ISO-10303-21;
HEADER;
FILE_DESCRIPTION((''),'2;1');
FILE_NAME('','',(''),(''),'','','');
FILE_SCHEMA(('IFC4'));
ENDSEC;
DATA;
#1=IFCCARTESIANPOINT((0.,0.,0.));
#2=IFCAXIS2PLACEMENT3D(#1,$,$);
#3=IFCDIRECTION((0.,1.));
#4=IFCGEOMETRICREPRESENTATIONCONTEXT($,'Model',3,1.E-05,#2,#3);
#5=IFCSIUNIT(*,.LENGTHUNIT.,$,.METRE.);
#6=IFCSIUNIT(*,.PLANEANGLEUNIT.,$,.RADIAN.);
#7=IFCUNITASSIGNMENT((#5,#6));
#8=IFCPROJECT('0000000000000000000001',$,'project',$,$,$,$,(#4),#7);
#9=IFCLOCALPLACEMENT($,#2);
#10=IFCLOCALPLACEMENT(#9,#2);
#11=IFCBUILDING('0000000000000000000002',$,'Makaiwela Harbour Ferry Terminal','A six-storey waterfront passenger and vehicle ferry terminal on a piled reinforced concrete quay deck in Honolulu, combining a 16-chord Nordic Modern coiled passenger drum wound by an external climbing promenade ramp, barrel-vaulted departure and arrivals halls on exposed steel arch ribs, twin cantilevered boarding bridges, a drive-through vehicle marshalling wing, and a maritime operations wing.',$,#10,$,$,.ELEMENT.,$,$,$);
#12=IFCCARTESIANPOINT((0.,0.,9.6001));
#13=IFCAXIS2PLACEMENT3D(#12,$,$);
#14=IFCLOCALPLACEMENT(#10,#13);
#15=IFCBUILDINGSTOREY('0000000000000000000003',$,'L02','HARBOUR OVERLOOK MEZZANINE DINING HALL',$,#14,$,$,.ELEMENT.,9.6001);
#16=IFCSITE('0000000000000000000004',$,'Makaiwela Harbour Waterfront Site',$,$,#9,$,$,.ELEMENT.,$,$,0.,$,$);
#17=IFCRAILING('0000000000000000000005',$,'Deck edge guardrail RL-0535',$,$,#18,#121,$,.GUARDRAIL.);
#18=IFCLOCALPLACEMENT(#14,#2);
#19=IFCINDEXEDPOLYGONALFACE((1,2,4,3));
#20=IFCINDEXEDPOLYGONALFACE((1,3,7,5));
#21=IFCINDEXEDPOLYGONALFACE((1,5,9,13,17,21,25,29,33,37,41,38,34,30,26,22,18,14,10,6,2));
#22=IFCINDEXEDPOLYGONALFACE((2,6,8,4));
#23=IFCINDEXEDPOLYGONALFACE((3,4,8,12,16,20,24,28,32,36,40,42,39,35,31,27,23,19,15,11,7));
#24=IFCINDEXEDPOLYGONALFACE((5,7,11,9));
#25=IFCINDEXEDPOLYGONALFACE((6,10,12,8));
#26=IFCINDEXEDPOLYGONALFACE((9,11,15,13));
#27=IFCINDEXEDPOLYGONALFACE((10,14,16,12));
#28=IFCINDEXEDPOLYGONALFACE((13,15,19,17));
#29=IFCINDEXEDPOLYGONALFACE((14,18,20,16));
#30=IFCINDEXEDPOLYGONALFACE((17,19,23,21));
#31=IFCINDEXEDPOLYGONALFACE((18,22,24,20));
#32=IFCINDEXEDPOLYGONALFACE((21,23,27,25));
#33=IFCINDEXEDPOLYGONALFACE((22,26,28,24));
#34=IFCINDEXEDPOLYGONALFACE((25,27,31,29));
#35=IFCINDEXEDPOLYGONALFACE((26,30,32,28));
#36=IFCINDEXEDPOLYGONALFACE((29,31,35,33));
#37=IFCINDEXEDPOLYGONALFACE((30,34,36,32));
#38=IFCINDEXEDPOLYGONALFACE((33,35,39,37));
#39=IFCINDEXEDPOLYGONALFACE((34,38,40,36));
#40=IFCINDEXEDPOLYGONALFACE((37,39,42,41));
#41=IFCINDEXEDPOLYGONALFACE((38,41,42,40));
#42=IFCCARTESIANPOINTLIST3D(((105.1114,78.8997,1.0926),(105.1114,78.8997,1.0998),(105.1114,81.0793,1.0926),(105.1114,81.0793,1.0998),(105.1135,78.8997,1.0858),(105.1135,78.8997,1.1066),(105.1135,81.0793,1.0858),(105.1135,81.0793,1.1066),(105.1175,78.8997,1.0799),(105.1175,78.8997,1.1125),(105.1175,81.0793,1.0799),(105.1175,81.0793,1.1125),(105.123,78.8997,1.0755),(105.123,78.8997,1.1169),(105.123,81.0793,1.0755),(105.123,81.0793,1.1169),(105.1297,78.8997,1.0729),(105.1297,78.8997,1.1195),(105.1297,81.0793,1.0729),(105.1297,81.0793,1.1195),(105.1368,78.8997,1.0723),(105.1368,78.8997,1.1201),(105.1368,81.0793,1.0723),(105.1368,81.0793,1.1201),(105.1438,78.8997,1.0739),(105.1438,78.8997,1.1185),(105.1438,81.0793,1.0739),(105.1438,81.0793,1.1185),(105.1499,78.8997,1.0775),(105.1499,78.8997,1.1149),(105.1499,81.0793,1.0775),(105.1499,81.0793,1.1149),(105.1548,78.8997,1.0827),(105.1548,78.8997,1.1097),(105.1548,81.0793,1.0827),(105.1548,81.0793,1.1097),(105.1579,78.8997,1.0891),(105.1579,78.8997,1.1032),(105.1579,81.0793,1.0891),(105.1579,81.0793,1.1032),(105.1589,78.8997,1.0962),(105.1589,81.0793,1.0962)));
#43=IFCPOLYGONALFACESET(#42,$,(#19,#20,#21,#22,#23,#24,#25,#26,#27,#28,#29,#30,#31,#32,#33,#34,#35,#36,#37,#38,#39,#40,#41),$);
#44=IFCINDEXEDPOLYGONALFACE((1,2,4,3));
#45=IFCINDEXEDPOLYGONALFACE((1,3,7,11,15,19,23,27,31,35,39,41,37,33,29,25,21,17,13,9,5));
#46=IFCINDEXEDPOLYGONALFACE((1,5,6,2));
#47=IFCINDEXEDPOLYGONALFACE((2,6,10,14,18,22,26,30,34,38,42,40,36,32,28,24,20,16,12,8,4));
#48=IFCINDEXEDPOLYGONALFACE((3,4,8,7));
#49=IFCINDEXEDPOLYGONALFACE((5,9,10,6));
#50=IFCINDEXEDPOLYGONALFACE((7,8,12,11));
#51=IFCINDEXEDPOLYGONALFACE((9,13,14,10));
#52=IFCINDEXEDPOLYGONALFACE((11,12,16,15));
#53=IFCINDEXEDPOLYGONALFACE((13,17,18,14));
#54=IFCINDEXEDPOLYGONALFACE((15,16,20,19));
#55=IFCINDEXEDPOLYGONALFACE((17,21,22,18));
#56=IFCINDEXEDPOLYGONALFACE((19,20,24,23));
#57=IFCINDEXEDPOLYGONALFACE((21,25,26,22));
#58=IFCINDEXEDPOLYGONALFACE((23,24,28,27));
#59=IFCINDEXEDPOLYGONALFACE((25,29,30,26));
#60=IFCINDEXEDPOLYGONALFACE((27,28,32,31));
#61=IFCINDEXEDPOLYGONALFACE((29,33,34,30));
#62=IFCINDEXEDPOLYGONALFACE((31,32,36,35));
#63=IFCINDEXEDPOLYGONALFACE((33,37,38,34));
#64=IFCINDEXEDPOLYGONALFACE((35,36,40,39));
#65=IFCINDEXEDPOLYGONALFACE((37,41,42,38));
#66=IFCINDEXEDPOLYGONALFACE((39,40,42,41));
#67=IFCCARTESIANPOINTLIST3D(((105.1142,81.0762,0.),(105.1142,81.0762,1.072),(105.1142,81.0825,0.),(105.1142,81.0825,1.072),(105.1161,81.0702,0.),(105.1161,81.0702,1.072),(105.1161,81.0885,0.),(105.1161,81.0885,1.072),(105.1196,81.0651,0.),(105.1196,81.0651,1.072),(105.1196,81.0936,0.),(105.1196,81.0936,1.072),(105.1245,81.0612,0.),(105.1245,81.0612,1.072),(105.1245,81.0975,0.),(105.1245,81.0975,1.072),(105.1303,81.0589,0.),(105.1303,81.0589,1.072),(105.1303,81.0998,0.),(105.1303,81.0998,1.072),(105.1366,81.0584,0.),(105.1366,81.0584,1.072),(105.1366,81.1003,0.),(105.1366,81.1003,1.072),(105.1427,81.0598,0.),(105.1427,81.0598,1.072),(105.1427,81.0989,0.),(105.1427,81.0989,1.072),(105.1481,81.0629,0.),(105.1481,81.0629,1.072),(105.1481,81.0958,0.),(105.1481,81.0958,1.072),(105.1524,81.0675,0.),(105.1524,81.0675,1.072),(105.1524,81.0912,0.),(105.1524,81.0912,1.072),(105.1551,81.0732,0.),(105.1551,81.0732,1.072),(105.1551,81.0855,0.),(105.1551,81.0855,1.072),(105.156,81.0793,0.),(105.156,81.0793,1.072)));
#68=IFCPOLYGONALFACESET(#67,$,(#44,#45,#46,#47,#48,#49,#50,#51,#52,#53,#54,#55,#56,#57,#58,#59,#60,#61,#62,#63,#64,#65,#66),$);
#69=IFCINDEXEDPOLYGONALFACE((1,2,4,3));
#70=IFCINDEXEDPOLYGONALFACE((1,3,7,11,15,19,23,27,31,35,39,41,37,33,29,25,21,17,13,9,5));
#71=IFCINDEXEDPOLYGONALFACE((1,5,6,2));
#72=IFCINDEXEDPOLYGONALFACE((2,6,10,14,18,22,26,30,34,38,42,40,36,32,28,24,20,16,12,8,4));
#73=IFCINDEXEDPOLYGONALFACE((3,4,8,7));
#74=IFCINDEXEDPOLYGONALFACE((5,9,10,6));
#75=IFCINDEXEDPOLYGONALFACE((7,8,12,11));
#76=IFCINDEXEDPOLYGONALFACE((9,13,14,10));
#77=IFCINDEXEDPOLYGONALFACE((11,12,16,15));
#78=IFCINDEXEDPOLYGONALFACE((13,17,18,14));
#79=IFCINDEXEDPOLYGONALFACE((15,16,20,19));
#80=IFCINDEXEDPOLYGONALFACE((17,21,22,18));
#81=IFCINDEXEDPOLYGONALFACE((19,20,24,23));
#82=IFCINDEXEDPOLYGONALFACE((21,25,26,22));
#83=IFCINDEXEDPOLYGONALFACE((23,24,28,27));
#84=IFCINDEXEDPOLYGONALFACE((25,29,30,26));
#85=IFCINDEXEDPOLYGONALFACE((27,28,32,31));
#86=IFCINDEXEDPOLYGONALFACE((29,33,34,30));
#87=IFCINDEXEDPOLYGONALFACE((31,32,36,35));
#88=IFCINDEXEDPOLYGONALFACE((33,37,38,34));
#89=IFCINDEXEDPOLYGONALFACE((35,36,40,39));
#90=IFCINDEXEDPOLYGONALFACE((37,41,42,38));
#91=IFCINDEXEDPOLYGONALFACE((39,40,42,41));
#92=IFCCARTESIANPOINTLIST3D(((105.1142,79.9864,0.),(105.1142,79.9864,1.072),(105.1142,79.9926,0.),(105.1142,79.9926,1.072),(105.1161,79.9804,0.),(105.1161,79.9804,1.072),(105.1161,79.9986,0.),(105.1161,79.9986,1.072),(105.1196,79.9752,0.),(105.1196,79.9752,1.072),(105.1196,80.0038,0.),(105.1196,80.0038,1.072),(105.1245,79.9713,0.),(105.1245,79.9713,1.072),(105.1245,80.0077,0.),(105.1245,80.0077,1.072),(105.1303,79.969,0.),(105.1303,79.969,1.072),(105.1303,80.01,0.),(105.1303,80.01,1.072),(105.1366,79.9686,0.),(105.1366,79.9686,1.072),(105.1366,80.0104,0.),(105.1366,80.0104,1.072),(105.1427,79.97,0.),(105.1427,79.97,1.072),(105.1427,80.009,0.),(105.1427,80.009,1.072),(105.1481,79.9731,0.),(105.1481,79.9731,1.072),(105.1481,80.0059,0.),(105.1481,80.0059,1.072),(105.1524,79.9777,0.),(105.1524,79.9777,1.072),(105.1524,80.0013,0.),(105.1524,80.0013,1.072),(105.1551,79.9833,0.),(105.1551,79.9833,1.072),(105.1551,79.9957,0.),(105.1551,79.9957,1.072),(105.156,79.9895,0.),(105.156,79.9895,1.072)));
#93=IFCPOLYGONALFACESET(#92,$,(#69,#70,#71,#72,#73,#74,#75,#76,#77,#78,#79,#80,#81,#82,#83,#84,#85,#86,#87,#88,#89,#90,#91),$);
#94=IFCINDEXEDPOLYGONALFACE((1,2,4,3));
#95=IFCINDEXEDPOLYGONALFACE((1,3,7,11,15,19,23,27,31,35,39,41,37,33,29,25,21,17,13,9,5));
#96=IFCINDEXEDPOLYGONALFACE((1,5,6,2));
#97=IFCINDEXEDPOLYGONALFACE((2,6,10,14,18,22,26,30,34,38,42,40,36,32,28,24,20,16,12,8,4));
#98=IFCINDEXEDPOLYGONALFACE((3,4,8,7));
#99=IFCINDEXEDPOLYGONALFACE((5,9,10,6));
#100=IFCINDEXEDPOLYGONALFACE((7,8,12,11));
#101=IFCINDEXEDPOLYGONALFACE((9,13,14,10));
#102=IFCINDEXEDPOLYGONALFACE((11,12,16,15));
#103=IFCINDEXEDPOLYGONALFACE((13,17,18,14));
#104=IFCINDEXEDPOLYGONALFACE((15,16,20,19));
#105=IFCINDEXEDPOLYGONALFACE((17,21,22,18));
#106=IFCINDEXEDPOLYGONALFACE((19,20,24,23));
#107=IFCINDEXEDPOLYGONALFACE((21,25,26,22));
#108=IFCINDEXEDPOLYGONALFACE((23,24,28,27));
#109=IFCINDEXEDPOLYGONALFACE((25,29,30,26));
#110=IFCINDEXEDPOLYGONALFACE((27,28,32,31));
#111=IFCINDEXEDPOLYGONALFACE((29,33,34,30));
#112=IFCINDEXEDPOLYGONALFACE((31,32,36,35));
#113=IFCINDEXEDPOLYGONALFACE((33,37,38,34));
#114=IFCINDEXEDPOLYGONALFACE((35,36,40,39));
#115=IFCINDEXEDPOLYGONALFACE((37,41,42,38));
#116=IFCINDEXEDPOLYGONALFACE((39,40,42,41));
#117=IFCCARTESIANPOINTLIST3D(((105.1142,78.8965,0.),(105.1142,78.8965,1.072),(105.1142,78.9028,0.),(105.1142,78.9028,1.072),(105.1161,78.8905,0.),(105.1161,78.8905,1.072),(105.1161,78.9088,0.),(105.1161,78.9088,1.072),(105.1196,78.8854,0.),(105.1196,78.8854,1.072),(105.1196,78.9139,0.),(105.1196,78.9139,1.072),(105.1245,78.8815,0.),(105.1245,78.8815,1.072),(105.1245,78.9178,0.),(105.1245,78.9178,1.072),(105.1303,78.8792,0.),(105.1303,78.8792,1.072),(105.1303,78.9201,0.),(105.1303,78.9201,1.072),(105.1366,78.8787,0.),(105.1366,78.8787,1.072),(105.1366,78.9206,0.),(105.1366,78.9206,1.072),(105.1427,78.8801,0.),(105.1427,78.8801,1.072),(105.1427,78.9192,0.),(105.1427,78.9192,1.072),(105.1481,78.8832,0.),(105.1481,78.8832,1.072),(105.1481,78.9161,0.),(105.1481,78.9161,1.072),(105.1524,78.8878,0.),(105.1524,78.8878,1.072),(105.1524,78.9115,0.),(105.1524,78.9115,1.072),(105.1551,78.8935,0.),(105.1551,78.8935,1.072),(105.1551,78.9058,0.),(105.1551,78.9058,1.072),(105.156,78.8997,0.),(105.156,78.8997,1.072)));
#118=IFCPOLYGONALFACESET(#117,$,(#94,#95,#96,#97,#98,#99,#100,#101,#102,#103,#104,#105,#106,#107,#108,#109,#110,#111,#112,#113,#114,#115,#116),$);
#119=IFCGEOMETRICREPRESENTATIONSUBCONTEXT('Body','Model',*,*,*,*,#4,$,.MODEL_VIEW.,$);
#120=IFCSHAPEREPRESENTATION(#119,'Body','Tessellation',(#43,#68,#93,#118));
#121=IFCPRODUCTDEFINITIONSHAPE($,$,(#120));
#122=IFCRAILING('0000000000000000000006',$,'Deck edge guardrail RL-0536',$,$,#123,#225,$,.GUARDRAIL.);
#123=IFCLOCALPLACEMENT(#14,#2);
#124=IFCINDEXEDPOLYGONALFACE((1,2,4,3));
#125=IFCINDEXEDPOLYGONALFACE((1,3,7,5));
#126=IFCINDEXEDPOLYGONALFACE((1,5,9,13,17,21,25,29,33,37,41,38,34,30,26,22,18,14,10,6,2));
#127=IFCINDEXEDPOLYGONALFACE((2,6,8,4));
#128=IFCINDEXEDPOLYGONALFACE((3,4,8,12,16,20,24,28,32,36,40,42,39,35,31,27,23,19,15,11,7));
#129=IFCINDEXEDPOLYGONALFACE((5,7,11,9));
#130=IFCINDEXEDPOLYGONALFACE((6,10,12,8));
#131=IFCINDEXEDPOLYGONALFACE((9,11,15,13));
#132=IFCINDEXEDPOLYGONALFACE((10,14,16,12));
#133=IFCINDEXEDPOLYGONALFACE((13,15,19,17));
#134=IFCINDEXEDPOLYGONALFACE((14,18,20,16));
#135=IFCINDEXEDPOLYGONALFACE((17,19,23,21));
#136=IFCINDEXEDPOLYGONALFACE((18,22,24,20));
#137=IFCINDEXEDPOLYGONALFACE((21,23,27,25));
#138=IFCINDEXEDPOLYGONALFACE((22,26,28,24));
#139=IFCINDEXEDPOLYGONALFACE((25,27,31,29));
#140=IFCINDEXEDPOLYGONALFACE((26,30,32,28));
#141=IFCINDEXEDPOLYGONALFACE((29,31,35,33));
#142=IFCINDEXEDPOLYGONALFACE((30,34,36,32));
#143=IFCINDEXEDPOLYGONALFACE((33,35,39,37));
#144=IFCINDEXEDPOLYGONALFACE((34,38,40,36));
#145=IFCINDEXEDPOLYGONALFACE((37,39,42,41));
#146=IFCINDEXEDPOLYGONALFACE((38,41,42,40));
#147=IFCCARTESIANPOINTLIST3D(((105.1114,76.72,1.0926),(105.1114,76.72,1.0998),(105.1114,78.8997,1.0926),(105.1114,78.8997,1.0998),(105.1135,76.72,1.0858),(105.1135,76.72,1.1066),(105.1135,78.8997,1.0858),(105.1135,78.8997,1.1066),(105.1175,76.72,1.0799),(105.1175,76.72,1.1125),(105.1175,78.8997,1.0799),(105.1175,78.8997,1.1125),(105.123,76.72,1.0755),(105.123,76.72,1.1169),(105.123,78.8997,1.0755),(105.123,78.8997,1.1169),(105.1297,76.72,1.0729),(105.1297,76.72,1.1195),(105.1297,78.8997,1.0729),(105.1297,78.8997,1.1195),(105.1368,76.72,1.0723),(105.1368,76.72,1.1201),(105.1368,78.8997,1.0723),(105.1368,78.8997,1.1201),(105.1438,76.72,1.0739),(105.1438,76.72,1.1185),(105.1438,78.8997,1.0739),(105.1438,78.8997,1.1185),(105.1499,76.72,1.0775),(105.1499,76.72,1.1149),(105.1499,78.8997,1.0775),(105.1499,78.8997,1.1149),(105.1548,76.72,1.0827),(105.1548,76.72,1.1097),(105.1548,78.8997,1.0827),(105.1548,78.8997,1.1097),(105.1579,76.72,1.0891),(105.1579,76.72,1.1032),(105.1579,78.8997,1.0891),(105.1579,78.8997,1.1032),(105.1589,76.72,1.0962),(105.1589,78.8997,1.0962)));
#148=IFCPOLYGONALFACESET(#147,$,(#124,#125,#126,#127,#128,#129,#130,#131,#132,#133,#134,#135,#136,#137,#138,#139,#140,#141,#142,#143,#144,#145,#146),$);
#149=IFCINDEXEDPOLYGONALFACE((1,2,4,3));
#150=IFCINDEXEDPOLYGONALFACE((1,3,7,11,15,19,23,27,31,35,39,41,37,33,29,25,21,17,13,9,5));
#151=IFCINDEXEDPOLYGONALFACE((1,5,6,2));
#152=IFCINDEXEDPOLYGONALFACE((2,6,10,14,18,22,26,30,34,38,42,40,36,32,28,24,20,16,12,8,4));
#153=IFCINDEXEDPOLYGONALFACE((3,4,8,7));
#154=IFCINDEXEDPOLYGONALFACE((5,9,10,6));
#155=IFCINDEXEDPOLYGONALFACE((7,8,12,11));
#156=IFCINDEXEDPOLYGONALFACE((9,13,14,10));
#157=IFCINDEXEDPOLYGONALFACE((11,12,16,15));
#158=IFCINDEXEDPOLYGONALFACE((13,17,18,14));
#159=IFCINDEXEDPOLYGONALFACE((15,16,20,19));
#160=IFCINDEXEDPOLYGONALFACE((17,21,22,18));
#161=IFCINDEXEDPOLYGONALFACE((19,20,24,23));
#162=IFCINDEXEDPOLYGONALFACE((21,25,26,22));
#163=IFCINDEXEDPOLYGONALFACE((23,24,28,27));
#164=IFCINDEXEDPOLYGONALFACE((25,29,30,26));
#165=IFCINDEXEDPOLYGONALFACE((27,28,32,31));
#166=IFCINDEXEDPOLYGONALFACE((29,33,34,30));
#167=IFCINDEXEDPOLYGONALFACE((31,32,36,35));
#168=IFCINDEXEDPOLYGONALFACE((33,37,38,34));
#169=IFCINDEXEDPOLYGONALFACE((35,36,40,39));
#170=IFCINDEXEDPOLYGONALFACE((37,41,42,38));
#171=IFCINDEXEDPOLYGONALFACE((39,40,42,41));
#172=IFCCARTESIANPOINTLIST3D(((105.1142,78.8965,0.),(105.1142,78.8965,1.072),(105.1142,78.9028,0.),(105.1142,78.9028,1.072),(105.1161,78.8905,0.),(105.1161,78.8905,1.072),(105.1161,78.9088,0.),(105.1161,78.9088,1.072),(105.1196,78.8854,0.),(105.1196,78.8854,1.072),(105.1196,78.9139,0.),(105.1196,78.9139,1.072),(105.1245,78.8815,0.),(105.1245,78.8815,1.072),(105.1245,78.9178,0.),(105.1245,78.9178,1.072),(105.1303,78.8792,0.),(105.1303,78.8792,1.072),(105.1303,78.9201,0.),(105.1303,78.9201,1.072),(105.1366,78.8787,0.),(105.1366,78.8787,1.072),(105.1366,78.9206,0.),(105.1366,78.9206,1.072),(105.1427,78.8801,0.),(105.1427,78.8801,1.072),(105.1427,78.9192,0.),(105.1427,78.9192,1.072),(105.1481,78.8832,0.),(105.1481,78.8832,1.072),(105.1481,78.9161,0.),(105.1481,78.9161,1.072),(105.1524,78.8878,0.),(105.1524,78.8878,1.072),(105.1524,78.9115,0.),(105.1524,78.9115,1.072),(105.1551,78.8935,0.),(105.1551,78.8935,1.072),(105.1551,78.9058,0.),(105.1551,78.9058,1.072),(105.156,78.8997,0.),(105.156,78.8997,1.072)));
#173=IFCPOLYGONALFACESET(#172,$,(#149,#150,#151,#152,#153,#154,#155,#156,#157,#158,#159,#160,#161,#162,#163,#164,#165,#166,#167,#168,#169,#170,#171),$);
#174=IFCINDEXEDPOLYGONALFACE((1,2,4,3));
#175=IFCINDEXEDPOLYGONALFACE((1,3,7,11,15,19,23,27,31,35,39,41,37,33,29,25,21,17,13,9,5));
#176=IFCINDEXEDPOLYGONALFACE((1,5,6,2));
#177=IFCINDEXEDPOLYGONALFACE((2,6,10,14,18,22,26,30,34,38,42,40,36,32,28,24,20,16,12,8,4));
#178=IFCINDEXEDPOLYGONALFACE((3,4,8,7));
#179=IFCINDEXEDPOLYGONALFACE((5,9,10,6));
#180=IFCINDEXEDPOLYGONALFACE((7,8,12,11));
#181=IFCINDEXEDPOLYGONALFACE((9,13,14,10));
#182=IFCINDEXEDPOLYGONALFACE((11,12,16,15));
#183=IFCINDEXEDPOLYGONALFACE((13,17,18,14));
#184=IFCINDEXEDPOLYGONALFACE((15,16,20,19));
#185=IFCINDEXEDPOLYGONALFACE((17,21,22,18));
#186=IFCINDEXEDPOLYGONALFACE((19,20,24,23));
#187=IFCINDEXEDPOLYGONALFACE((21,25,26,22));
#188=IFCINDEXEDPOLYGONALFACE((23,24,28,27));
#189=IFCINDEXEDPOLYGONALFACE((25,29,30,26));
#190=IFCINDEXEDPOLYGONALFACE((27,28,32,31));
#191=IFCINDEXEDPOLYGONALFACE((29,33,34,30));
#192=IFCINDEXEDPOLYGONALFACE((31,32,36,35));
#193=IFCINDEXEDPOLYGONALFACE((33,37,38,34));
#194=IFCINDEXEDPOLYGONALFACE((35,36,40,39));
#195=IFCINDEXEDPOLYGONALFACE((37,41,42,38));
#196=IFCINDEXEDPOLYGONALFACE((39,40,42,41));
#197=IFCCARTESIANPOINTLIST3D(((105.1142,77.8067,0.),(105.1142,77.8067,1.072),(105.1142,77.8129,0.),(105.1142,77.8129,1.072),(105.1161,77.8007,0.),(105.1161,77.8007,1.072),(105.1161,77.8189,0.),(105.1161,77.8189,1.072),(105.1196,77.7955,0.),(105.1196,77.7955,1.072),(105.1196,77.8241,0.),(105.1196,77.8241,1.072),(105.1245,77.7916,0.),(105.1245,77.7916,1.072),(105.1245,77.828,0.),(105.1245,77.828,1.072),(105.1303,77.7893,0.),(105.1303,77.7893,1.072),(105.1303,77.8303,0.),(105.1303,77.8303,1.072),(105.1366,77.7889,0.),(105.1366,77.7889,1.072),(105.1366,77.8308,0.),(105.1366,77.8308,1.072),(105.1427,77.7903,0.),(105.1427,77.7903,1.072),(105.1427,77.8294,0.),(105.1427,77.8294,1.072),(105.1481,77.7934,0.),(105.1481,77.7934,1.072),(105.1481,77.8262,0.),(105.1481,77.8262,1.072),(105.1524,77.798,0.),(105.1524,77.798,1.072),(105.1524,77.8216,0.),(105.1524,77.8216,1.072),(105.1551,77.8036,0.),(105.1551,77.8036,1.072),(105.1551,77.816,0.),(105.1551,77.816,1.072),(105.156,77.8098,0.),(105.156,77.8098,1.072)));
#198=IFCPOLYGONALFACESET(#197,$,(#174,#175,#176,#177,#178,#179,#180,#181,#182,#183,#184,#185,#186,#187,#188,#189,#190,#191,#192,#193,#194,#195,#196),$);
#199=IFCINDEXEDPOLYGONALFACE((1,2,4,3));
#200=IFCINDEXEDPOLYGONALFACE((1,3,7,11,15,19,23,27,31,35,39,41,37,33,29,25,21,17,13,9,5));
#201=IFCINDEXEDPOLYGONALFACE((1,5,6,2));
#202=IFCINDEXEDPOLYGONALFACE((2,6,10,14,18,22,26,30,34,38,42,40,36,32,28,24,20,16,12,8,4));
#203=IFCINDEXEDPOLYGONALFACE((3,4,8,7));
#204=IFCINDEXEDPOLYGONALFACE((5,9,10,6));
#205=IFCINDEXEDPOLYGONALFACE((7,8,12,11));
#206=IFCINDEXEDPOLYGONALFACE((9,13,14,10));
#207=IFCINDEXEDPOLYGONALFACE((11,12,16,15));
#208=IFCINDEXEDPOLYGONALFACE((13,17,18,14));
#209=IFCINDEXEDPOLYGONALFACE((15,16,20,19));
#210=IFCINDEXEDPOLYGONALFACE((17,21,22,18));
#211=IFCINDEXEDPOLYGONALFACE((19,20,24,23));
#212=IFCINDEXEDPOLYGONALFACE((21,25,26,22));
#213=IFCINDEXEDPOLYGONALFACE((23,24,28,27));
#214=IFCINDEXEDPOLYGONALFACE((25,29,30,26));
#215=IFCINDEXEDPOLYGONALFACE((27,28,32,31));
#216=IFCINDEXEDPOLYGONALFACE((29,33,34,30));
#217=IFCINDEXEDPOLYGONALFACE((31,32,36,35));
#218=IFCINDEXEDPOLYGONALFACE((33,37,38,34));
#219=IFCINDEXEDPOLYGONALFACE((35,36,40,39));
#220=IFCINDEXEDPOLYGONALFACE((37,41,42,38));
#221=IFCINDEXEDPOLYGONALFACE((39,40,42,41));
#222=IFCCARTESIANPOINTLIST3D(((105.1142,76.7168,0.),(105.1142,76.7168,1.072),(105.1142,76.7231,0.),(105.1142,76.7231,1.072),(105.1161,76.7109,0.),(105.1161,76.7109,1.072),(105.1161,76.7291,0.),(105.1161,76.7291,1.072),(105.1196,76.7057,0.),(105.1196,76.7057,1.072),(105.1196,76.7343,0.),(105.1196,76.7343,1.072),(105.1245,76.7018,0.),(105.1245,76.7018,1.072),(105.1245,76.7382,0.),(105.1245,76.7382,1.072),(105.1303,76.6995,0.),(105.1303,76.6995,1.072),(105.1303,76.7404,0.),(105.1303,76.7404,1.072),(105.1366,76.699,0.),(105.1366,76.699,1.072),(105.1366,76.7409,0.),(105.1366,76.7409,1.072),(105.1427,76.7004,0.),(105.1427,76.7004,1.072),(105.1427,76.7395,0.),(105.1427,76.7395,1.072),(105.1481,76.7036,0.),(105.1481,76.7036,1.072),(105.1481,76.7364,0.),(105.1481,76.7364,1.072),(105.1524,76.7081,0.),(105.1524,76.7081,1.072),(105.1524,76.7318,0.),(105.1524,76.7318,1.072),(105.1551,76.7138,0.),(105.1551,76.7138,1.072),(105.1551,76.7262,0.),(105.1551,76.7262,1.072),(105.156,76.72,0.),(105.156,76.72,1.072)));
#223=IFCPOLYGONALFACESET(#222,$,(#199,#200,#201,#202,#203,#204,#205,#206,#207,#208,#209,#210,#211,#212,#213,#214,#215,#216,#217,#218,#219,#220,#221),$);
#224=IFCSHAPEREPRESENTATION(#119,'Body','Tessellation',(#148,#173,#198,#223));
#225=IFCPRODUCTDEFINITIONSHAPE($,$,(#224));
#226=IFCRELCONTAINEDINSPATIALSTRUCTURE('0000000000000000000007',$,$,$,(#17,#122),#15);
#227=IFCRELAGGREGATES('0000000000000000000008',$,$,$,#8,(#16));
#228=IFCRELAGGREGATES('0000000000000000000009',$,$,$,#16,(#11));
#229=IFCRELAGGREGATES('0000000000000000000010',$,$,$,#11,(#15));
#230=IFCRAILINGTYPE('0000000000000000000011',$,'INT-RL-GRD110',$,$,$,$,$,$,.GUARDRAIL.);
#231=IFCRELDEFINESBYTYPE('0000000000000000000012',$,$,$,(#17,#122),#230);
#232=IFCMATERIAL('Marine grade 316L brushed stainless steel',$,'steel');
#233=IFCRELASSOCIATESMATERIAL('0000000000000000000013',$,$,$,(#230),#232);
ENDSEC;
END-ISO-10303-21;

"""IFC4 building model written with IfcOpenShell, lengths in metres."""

from ifc_helpers import new_model, si_unit, direction, frame, origin, origin_2d, place, context, subcontext, project, spatial, circle, extrude, material, type_object, element, save


model = new_model("IFC4")

# Units and contexts
model_context = context("Model", 3, precision=1e-05, world=origin(), true_north=direction((0.0, 1.0)))
body_context = subcontext(model_context, "Body", "Model", "MODEL_VIEW")
ifc_project = project(units=[si_unit("LENGTHUNIT", "METRE"), si_unit("PLANEANGLEUNIT", "RADIAN")], contexts=[model_context])

# Site, building, storey
site_placement = place(None, origin())
site = spatial("IfcSite", under=ifc_project, at=site_placement, Name="Makaiwela Harbour Waterfront Site", CompositionType="ELEMENT", RefElevation=0.0)
building_placement = place(site_placement, origin())
building = spatial("IfcBuilding", under=site, at=building_placement, Name="Makaiwela Harbour Ferry Terminal", Description="A six-storey waterfront passenger and vehicle ferry terminal on a piled reinforced concrete quay deck in Honolulu, combining a 16-chord Nordic Modern coiled passenger drum wound by an external climbing promenade ramp, barrel-vaulted departure and arrivals halls on exposed steel arch ribs, twin cantilevered boarding bridges, a drive-through vehicle marshalling wing, and a maritime operations wing.", CompositionType="ELEMENT")
storey_placement = place(building_placement, frame((0.0, 0.0, 9.6001)))
storey = spatial("IfcBuildingStorey", under=building, at=storey_placement, Name="L02", Description="HARBOUR OVERLOOK MEZZANINE DINING HALL", CompositionType="ELEMENT", Elevation=9.6001)

# Railings
ifc_material_1 = material(Name="Marine grade 316L brushed stainless steel", Category="steel")
railing_type = type_object("IfcRailingType", Name="INT-RL-GRD110", PredefinedType="GUARDRAIL", material=ifc_material_1)
for number, where, name in (
    (1, (105.135, 81.0793, 0.0), "Deck edge guardrail RL-0535"),
    (2, (105.135, 78.8997, 0.0), "Deck edge guardrail RL-0536"),
):
    element("IfcRailing", number, at=place(storey_placement, frame(where)), inside=storey, type_object=railing_type, Name=name, PredefinedType="GUARDRAIL", context=body_context, shape_type="SweptSolid", body=[
        extrude(circle(Radius=0.0239, at=origin_2d()), frame((0.0, 0.0, 1.0962), z_axis=(0.0, -1.0, 0.0), x_axis=(1.0, 0.0, 0.0)), (0.0, 0.0, 1.0), 2.1797),
        extrude(circle(Radius=0.021, at=origin_2d()), origin(), (0.0, 0.0, 1.0), 1.072),
        extrude(circle(Radius=0.021, at=origin_2d()), frame((0.0, -1.0898, 0.0)), (0.0, 0.0, 1.0), 1.072),
        extrude(circle(Radius=0.021, at=origin_2d()), frame((0.0, -2.1797, 0.0)), (0.0, 0.0, 1.0), 1.072),
    ])

save(model, "model.ifc")
